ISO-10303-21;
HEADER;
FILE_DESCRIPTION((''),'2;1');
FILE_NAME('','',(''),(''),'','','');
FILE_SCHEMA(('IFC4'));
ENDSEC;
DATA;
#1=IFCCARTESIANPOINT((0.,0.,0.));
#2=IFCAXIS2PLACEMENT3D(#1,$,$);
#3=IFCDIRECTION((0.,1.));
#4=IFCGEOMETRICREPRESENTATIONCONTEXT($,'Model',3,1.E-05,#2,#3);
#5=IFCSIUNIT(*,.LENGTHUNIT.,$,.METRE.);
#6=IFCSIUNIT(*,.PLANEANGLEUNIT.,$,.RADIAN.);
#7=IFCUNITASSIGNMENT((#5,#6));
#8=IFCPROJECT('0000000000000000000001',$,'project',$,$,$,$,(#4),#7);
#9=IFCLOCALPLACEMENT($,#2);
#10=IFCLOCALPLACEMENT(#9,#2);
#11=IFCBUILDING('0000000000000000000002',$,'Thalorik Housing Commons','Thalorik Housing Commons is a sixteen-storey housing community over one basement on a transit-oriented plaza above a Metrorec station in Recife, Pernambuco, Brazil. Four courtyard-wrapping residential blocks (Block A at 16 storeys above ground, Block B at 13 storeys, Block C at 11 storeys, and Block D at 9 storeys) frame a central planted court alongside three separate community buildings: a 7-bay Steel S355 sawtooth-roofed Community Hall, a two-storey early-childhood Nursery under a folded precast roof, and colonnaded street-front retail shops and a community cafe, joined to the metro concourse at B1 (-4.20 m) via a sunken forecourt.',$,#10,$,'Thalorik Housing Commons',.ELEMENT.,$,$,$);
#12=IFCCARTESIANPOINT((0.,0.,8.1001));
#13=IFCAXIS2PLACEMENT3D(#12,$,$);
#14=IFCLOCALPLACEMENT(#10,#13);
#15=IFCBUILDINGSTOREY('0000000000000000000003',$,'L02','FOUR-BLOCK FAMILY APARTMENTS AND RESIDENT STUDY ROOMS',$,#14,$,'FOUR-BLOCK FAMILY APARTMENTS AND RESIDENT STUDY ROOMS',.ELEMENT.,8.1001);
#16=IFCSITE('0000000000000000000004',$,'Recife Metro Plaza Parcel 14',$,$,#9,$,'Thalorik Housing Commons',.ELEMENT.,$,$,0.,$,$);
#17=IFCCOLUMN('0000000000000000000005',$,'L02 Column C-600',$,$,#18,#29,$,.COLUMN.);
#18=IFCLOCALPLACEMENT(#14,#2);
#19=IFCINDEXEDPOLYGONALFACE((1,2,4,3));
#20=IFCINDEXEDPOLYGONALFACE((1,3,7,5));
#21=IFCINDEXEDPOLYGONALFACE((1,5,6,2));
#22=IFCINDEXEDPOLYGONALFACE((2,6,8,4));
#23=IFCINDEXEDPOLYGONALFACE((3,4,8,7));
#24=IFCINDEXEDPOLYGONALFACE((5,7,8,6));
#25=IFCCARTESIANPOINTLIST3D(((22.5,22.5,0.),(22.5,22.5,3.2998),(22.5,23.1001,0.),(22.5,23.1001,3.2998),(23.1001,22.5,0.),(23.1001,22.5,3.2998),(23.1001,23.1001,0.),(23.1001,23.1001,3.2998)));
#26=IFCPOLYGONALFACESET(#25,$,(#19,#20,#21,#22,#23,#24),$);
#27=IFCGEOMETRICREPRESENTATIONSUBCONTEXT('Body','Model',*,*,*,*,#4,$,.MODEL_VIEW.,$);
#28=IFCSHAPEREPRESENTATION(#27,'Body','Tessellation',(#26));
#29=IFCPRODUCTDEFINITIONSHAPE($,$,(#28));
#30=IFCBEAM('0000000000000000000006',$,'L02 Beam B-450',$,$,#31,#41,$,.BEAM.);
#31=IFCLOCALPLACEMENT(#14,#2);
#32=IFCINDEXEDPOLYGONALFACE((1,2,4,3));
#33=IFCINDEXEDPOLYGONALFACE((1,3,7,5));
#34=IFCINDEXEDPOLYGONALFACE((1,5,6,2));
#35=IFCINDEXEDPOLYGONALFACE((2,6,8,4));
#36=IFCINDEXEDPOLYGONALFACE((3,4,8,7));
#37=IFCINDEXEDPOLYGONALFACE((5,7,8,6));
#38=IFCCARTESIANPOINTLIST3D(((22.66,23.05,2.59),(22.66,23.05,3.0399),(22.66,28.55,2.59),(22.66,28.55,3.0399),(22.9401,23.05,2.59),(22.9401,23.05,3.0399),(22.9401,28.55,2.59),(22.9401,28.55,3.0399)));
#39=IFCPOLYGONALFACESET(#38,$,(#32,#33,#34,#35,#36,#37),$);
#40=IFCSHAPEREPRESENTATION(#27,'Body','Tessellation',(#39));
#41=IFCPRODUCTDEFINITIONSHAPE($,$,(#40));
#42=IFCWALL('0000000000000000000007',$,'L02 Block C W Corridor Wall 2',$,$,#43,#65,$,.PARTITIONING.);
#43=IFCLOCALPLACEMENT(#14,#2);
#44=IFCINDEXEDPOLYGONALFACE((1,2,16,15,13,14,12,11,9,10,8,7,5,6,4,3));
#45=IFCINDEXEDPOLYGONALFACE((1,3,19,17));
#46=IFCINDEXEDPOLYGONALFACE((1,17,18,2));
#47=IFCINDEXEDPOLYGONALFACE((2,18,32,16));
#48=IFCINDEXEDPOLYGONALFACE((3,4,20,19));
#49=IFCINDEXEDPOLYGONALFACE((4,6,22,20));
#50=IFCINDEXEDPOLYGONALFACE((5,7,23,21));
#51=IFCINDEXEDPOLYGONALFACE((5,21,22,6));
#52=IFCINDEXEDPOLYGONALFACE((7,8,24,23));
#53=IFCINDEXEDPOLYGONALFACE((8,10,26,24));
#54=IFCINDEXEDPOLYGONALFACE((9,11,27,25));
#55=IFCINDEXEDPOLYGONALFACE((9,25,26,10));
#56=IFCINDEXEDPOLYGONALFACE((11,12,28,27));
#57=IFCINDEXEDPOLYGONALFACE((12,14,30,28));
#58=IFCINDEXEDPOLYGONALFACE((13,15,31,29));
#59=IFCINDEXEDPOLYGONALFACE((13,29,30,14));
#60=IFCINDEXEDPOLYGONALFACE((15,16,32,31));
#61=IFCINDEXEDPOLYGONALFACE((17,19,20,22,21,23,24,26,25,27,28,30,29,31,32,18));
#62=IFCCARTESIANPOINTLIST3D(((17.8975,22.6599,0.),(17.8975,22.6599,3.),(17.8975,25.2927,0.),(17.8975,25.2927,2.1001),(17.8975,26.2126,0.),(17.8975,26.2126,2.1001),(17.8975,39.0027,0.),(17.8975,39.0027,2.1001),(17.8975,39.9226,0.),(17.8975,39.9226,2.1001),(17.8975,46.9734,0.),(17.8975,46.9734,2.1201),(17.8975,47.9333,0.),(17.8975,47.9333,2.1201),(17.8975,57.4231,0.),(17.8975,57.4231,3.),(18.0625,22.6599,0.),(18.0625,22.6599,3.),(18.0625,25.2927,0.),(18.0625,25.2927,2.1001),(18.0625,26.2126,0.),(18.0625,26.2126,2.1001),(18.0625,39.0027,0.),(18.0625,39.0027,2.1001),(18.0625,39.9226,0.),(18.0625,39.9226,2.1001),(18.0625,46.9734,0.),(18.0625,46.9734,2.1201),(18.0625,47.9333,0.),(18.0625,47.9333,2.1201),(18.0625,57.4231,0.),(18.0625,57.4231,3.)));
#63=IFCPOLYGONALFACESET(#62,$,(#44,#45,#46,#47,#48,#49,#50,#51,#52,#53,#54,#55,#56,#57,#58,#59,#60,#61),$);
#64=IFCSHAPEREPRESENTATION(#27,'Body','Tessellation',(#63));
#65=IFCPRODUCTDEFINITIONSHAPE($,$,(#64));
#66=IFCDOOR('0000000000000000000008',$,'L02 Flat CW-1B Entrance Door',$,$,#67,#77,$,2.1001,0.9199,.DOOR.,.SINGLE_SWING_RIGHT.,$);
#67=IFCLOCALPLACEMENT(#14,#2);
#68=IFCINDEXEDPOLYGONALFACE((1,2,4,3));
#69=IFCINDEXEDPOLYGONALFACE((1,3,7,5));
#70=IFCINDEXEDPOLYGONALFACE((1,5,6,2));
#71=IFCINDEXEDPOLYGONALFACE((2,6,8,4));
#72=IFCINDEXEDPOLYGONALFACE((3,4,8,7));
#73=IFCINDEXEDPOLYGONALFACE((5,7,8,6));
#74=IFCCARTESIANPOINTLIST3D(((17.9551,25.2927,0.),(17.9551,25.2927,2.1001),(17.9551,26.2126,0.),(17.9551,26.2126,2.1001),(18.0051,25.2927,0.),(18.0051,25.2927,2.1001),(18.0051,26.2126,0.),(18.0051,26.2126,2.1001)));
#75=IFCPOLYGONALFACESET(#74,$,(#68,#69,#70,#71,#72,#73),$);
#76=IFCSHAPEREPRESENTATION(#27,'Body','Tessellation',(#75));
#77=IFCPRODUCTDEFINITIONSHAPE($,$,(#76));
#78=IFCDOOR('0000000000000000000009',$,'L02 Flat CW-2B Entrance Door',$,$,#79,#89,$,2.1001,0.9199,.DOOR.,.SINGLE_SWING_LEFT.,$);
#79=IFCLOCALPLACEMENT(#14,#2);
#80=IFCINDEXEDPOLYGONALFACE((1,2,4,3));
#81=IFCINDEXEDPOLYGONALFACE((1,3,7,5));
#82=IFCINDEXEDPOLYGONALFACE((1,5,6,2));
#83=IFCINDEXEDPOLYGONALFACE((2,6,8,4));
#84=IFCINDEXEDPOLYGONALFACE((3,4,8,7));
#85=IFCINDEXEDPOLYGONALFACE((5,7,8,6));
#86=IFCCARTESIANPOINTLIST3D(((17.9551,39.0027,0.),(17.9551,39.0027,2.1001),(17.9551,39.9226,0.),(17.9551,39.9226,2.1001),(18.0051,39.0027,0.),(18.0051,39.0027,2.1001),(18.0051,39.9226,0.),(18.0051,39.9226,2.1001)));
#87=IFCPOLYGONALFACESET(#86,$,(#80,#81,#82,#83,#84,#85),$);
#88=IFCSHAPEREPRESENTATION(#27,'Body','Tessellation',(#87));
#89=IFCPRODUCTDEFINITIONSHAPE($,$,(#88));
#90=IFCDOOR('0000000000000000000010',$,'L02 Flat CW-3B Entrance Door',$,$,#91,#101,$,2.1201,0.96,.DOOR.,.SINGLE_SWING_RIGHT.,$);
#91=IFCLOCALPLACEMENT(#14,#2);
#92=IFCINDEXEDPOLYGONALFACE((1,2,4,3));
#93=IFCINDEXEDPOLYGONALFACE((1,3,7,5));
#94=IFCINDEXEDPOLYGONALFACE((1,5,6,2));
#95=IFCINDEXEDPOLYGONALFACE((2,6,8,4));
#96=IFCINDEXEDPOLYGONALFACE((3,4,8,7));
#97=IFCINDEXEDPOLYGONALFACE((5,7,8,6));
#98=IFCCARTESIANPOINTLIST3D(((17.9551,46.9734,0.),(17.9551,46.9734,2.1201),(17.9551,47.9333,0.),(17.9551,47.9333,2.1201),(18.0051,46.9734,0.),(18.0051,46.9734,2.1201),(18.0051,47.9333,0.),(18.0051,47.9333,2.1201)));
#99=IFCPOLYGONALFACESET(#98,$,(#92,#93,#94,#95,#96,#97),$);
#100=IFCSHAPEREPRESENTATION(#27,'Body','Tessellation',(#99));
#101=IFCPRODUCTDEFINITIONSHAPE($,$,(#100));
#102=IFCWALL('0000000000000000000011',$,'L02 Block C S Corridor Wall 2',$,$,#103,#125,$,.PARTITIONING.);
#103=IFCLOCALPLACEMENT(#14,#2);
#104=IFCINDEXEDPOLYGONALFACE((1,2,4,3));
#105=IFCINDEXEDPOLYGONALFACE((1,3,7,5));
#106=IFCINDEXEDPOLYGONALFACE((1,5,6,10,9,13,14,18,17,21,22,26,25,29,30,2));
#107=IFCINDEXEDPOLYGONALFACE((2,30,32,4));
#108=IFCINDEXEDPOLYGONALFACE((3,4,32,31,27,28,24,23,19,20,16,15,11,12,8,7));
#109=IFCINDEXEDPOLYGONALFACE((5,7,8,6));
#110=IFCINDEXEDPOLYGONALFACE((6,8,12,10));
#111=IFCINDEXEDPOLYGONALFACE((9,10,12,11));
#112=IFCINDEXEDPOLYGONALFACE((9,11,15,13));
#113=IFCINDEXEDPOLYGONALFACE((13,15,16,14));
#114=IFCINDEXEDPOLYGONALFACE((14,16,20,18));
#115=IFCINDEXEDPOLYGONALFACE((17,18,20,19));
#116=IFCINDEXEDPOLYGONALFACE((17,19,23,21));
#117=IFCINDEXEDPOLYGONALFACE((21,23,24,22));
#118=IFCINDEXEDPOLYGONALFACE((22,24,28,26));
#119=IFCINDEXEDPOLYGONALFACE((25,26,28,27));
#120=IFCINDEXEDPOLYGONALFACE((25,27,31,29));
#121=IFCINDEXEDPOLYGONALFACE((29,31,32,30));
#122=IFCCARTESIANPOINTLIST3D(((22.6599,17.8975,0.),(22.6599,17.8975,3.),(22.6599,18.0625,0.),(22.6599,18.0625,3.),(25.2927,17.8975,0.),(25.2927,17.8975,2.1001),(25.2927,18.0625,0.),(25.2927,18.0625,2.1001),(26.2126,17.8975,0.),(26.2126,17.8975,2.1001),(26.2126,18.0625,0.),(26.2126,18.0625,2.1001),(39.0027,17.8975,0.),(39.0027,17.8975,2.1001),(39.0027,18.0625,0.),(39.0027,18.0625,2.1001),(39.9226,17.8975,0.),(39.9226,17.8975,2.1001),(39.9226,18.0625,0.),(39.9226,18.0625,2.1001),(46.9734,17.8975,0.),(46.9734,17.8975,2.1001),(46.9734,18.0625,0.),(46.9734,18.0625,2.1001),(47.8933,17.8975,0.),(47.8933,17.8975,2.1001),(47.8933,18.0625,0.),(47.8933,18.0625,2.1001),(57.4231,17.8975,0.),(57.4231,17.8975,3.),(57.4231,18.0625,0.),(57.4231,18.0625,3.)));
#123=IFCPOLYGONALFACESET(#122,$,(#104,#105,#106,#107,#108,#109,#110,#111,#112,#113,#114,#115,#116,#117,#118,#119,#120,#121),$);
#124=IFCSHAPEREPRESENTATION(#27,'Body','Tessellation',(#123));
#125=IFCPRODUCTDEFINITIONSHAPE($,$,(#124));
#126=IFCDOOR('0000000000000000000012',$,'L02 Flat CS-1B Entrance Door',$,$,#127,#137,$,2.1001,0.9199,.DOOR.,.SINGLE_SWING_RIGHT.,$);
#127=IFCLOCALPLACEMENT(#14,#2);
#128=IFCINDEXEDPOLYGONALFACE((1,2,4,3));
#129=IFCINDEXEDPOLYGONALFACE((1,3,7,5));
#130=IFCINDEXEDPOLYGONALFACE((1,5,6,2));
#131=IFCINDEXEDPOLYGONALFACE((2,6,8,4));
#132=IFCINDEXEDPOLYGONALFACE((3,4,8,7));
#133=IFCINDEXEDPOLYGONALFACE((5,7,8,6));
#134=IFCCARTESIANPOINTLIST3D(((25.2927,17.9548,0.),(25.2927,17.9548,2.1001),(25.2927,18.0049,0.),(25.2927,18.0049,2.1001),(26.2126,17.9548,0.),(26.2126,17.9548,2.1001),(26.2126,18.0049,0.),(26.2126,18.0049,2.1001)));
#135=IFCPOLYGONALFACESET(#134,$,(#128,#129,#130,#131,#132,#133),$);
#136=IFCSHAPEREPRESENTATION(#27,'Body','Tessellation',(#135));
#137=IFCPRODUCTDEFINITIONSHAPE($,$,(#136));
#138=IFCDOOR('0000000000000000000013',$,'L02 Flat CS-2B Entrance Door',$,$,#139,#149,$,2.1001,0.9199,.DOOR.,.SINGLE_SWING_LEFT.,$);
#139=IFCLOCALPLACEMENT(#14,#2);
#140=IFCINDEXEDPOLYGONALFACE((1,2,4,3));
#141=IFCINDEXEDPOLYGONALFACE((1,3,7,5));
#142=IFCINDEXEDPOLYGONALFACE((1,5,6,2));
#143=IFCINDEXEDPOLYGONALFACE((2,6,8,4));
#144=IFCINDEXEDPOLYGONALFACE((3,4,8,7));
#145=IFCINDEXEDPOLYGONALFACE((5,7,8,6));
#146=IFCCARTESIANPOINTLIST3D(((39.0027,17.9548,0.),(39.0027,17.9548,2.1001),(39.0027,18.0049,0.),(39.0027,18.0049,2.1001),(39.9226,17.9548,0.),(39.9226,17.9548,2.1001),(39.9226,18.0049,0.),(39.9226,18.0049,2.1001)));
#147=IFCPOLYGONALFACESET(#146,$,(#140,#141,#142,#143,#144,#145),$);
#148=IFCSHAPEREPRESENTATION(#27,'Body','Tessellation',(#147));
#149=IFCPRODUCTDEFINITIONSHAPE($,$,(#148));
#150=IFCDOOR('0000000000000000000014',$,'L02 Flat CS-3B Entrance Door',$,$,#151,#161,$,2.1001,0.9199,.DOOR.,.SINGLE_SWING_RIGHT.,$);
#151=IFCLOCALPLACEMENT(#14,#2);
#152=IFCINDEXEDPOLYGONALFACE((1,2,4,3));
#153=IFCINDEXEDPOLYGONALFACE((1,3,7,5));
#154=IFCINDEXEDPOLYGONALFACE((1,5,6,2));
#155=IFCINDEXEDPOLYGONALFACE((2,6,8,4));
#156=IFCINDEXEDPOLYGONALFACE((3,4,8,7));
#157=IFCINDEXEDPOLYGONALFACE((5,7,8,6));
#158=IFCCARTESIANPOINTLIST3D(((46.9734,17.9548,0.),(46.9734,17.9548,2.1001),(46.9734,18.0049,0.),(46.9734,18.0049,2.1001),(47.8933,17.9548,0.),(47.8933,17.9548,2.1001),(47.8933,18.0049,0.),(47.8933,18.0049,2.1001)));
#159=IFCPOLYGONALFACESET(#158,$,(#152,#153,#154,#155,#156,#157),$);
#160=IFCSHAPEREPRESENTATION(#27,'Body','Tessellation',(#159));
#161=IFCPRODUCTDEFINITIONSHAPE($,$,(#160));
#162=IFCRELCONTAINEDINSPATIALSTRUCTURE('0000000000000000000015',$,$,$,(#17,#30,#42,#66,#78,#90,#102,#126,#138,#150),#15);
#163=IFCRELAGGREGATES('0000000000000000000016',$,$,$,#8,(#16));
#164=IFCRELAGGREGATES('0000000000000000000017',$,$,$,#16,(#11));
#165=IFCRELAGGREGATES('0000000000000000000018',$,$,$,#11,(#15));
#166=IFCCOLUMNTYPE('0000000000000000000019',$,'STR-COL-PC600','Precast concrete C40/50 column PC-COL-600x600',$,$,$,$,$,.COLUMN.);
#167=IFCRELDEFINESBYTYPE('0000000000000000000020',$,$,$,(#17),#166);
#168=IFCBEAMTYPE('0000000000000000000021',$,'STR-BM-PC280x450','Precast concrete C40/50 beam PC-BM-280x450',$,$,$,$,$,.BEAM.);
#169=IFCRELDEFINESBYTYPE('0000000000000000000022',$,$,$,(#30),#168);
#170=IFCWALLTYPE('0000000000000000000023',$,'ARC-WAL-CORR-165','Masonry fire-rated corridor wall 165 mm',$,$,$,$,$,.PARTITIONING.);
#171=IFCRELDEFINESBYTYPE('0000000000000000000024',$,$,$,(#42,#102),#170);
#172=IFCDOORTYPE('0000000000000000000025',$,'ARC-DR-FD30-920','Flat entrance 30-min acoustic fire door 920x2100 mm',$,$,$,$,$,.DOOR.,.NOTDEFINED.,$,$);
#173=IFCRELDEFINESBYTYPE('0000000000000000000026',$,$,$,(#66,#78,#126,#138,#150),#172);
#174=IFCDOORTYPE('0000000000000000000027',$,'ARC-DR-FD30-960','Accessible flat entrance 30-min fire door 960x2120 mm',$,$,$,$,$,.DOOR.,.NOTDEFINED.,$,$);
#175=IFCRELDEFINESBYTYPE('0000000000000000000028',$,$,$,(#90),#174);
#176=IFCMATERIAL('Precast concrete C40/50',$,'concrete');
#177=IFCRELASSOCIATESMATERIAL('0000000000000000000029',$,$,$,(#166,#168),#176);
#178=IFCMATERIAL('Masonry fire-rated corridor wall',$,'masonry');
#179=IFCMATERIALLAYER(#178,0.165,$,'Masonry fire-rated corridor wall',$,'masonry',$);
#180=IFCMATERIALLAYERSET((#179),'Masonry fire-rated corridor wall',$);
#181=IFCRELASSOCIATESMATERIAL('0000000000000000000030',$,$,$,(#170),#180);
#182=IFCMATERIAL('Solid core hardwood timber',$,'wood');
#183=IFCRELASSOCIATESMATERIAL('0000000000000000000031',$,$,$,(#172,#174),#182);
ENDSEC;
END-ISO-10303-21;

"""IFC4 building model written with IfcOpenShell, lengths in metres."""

from ifc_helpers import new_model, si_unit, direction, frame, frame_2d, origin, origin_2d, place, context, subcontext, project, spatial, rectangle, extrude, material, layer, layer_set, material_profile, profile_set, type_object, element, fill, save


model = new_model("IFC4")

# Units and contexts
model_context = context("Model", 3, precision=1e-05, world=origin(), true_north=direction((0.0, 1.0)))
body_context = subcontext(model_context, "Body", "Model", "MODEL_VIEW")
ifc_project = project(units=[si_unit("LENGTHUNIT", "METRE"), si_unit("PLANEANGLEUNIT", "RADIAN")], contexts=[model_context])

# Site, building, storey
site_placement = place(None, origin())
site = spatial("IfcSite", under=ifc_project, at=site_placement, Name="Recife Metro Plaza Parcel 14", LongName="Thalorik Housing Commons", CompositionType="ELEMENT", RefElevation=0.0)
building_placement = place(site_placement, origin())
building = spatial("IfcBuilding", under=site, at=building_placement, Name="Thalorik Housing Commons", Description="Thalorik Housing Commons is a sixteen-storey housing community over one basement on a transit-oriented plaza above a Metrorec station in Recife, Pernambuco, Brazil. Four courtyard-wrapping residential blocks (Block A at 16 storeys above ground, Block B at 13 storeys, Block C at 11 storeys, and Block D at 9 storeys) frame a central planted court alongside three separate community buildings: a 7-bay Steel S355 sawtooth-roofed Community Hall, a two-storey early-childhood Nursery under a folded precast roof, and colonnaded street-front retail shops and a community cafe, joined to the metro concourse at B1 (-4.20 m) via a sunken forecourt.", LongName="Thalorik Housing Commons", CompositionType="ELEMENT")
storey_placement = place(building_placement, frame((0.0, 0.0, 8.1001)))
storey = spatial("IfcBuildingStorey", under=building, at=storey_placement, Name="L02", Description="FOUR-BLOCK FAMILY APARTMENTS AND RESIDENT STUDY ROOMS", LongName="FOUR-BLOCK FAMILY APARTMENTS AND RESIDENT STUDY ROOMS", CompositionType="ELEMENT", Elevation=8.1001)

# Column
ifc_material_1 = material(Name="Precast concrete C40/50", Category="concrete")
ifc_material_profile_1 = material_profile(ifc_material_1, rectangle(XDim=0.6001, YDim=0.6001, at=origin_2d()), Name="PC 600x600", Category="concrete")
ifc_profile_set_1 = profile_set([ifc_material_profile_1], Name="Precast concrete C40/50")
column_type = type_object("IfcColumnType", Name="STR-COL-PC600", Description="Precast concrete C40/50 column PC-COL-600x600", PredefinedType="COLUMN", material=ifc_profile_set_1)
column_placement = place(storey_placement, frame((22.8, 22.8, 0.0), z_axis=(0.0, 0.0, 1.0), x_axis=(1.0, 0.0, 0.0)))
element("IfcColumn", 1, at=column_placement, inside=storey, type_object=column_type, Name="L02 Column C-600", PredefinedType="COLUMN", context=body_context, shape_type="SweptSolid", body=[
    extrude(rectangle(XDim=0.6001, YDim=0.6001, at=origin_2d()), origin(), (0.0, 0.0, 1.0), 3.2998),
])

# Beam
ifc_material_profile_2 = material_profile(ifc_material_1, rectangle(XDim=0.28, YDim=0.45, at=origin_2d()), Name="PC 280x450", Category="concrete")
ifc_profile_set_2 = profile_set([ifc_material_profile_2], Name="Precast concrete C40/50")
beam_type = type_object("IfcBeamType", Name="STR-BM-PC280x450", Description="Precast concrete C40/50 beam PC-BM-280x450", PredefinedType="BEAM", material=ifc_profile_set_2)
beam_placement = place(storey_placement, frame((22.8, 23.05, 2.8149), z_axis=(0.0, 1.0, 0.0), x_axis=(-1.0, 0.0, 0.0)))
element("IfcBeam", 2, at=beam_placement, inside=storey, type_object=beam_type, Name="L02 Beam B-450", PredefinedType="BEAM", context=body_context, shape_type="SweptSolid", body=[
    extrude(rectangle(XDim=0.28, YDim=0.45, at=origin_2d()), origin(), (0.0, 0.0, 1.0), 5.5),
])

# Walls, openings, doors
ifc_material_2 = material(Name="Masonry fire-rated corridor wall", Category="masonry")
ifc_layer_1 = layer(ifc_material_2, 0.165, Name="Masonry fire-rated corridor wall", Category="masonry")
ifc_layer_set_1 = layer_set([ifc_layer_1], Name="Masonry fire-rated corridor wall")
wall_type_1 = type_object("IfcWallType", Name="ARC-WAL-CORR-165", Description="Masonry fire-rated corridor wall 165 mm", PredefinedType="PARTITIONING", material=ifc_layer_set_1)
wall_1_placement = place(storey_placement, frame((17.98, 22.6599, 0.0), z_axis=(0.0, 0.0, 1.0), x_axis=(0.0, 1.0, 0.0)))
wall_1 = element("IfcWall", 3, at=wall_1_placement, inside=storey, type_object=wall_type_1, Name="L02 Block C W Corridor Wall 2", PredefinedType="PARTITIONING", context=body_context, shape_type="SweptSolid", body=[
    extrude(rectangle(XDim=34.7632, YDim=0.165, at=frame_2d((17.3816, 0.0))), origin(), (0.0, 0.0, 1.0), 3.0),
])
opening_1_placement = place(wall_1_placement, frame((2.6328, 0.0, 0.0)))
opening_1 = element("IfcOpeningElement", 4, at=opening_1_placement, cuts=wall_1, PredefinedType="OPENING", context=body_context, shape_type="SweptSolid", body=[
    extrude(rectangle(XDim=0.9199, YDim=2.1001, at=frame_2d((0.46, 1.05))), frame((0.0, 0.0925, 0.0), z_axis=(0.0, -1.0, 0.0), x_axis=(1.0, 0.0, 0.0)), (0.0, 0.0, 1.0), 0.1851),
])
opening_2_placement = place(wall_1_placement, frame((16.3428, 0.0, 0.0)))
opening_2 = element("IfcOpeningElement", 5, at=opening_2_placement, cuts=wall_1, PredefinedType="OPENING", context=body_context, shape_type="SweptSolid", body=[
    extrude(rectangle(XDim=0.9199, YDim=2.1001, at=frame_2d((0.46, 1.05))), frame((0.0, 0.0925, 0.0), z_axis=(0.0, -1.0, 0.0), x_axis=(1.0, 0.0, 0.0)), (0.0, 0.0, 1.0), 0.1851),
])
opening_3_placement = place(wall_1_placement, frame((24.3135, 0.0, 0.0)))
opening_3 = element("IfcOpeningElement", 6, at=opening_3_placement, cuts=wall_1, PredefinedType="OPENING", context=body_context, shape_type="SweptSolid", body=[
    extrude(rectangle(XDim=0.96, YDim=2.1201, at=frame_2d((0.48, 1.0601))), frame((0.0, 0.0925, 0.0), z_axis=(0.0, -1.0, 0.0), x_axis=(1.0, 0.0, 0.0)), (0.0, 0.0, 1.0), 0.1851),
])
ifc_material_3 = material(Name="Solid core hardwood timber", Category="wood")
door_type_1 = type_object("IfcDoorType", Name="ARC-DR-FD30-920", Description="Flat entrance 30-min acoustic fire door 920x2100 mm", OperationType="NOTDEFINED", PredefinedType="DOOR", material=ifc_material_3)
door_1_placement = place(opening_1_placement, origin())
door_1 = element("IfcDoor", 7, at=door_1_placement, inside=storey, type_object=door_type_1, Name="L02 Flat CW-1B Entrance Door", OperationType="SINGLE_SWING_RIGHT", OverallHeight=2.1001, OverallWidth=0.9199, PredefinedType="DOOR", context=body_context, shape_type="SweptSolid", body=[
    extrude(rectangle(XDim=0.9199, YDim=2.1001, at=frame_2d((0.46, 1.05))), frame((0.0, 0.0249, 0.0), z_axis=(0.0, -1.0, 0.0), x_axis=(1.0, 0.0, 0.0)), (0.0, 0.0, 1.0), 0.05),
])
fill(opening_1, door_1)
door_2_placement = place(opening_2_placement, origin())
door_2 = element("IfcDoor", 8, at=door_2_placement, inside=storey, type_object=door_type_1, Name="L02 Flat CW-2B Entrance Door", OperationType="SINGLE_SWING_LEFT", OverallHeight=2.1001, OverallWidth=0.9199, PredefinedType="DOOR", context=body_context, shape_type="SweptSolid", body=[
    extrude(rectangle(XDim=0.9199, YDim=2.1001, at=frame_2d((0.46, 1.05))), frame((0.0, 0.0249, 0.0), z_axis=(0.0, -1.0, 0.0), x_axis=(1.0, 0.0, 0.0)), (0.0, 0.0, 1.0), 0.05),
])
fill(opening_2, door_2)
door_type_2 = type_object("IfcDoorType", Name="ARC-DR-FD30-960", Description="Accessible flat entrance 30-min fire door 960x2120 mm", OperationType="NOTDEFINED", PredefinedType="DOOR", material=ifc_material_3)
door_3_placement = place(opening_3_placement, origin())
door_3 = element("IfcDoor", 9, at=door_3_placement, inside=storey, type_object=door_type_2, Name="L02 Flat CW-3B Entrance Door", OperationType="SINGLE_SWING_RIGHT", OverallHeight=2.1201, OverallWidth=0.96, PredefinedType="DOOR", context=body_context, shape_type="SweptSolid", body=[
    extrude(rectangle(XDim=0.96, YDim=2.1201, at=frame_2d((0.48, 1.0601))), frame((0.0, 0.0249, 0.0), z_axis=(0.0, -1.0, 0.0), x_axis=(1.0, 0.0, 0.0)), (0.0, 0.0, 1.0), 0.05),
])
fill(opening_3, door_3)
wall_2_placement = place(storey_placement, frame((22.6599, 17.98, 0.0), z_axis=(0.0, 0.0, 1.0), x_axis=(1.0, 0.0, 0.0)))
wall_2 = element("IfcWall", 10, at=wall_2_placement, inside=storey, type_object=wall_type_1, Name="L02 Block C S Corridor Wall 2", PredefinedType="PARTITIONING", context=body_context, shape_type="SweptSolid", body=[
    extrude(rectangle(XDim=34.7632, YDim=0.165, at=frame_2d((17.3816, 0.0))), origin(), (0.0, 0.0, 1.0), 3.0),
])
opening_4_placement = place(wall_2_placement, frame((2.6328, 0.0, 0.0)))
opening_4 = element("IfcOpeningElement", 11, at=opening_4_placement, cuts=wall_2, PredefinedType="OPENING", context=body_context, shape_type="SweptSolid", body=[
    extrude(rectangle(XDim=0.9199, YDim=2.1001, at=frame_2d((0.46, 1.05))), frame((0.0, 0.0925, 0.0), z_axis=(0.0, -1.0, 0.0), x_axis=(1.0, 0.0, 0.0)), (0.0, 0.0, 1.0), 0.1851),
])
opening_5_placement = place(wall_2_placement, frame((16.3428, 0.0, 0.0)))
opening_5 = element("IfcOpeningElement", 12, at=opening_5_placement, cuts=wall_2, PredefinedType="OPENING", context=body_context, shape_type="SweptSolid", body=[
    extrude(rectangle(XDim=0.9199, YDim=2.1001, at=frame_2d((0.46, 1.05))), frame((0.0, 0.0925, 0.0), z_axis=(0.0, -1.0, 0.0), x_axis=(1.0, 0.0, 0.0)), (0.0, 0.0, 1.0), 0.1851),
])
opening_6_placement = place(wall_2_placement, frame((24.3135, 0.0, 0.0)))
opening_6 = element("IfcOpeningElement", 13, at=opening_6_placement, cuts=wall_2, PredefinedType="OPENING", context=body_context, shape_type="SweptSolid", body=[
    extrude(rectangle(XDim=0.9199, YDim=2.1001, at=frame_2d((0.46, 1.05))), frame((0.0, 0.0925, 0.0), z_axis=(0.0, -1.0, 0.0), x_axis=(1.0, 0.0, 0.0)), (0.0, 0.0, 1.0), 0.1851),
])
door_4_placement = place(opening_4_placement, origin())
door_4 = element("IfcDoor", 14, at=door_4_placement, inside=storey, type_object=door_type_1, Name="L02 Flat CS-1B Entrance Door", OperationType="SINGLE_SWING_RIGHT", OverallHeight=2.1001, OverallWidth=0.9199, PredefinedType="DOOR", context=body_context, shape_type="SweptSolid", body=[
    extrude(rectangle(XDim=0.9199, YDim=2.1001, at=frame_2d((0.46, 1.05))), frame((0.0, 0.0249, 0.0), z_axis=(0.0, -1.0, 0.0), x_axis=(1.0, 0.0, 0.0)), (0.0, 0.0, 1.0), 0.05),
])
fill(opening_4, door_4)
door_5_placement = place(opening_5_placement, origin())
door_5 = element("IfcDoor", 15, at=door_5_placement, inside=storey, type_object=door_type_1, Name="L02 Flat CS-2B Entrance Door", OperationType="SINGLE_SWING_LEFT", OverallHeight=2.1001, OverallWidth=0.9199, PredefinedType="DOOR", context=body_context, shape_type="SweptSolid", body=[
    extrude(rectangle(XDim=0.9199, YDim=2.1001, at=frame_2d((0.46, 1.05))), frame((0.0, 0.0249, 0.0), z_axis=(0.0, -1.0, 0.0), x_axis=(1.0, 0.0, 0.0)), (0.0, 0.0, 1.0), 0.05),
])
fill(opening_5, door_5)
door_6_placement = place(opening_6_placement, origin())
door_6 = element("IfcDoor", 16, at=door_6_placement, inside=storey, type_object=door_type_1, Name="L02 Flat CS-3B Entrance Door", OperationType="SINGLE_SWING_RIGHT", OverallHeight=2.1001, OverallWidth=0.9199, PredefinedType="DOOR", context=body_context, shape_type="SweptSolid", body=[
    extrude(rectangle(XDim=0.9199, YDim=2.1001, at=frame_2d((0.46, 1.05))), frame((0.0, 0.0249, 0.0), z_axis=(0.0, -1.0, 0.0), x_axis=(1.0, 0.0, 0.0)), (0.0, 0.0, 1.0), 0.05),
])
fill(opening_6, door_6)

save(model, "model.ifc")
